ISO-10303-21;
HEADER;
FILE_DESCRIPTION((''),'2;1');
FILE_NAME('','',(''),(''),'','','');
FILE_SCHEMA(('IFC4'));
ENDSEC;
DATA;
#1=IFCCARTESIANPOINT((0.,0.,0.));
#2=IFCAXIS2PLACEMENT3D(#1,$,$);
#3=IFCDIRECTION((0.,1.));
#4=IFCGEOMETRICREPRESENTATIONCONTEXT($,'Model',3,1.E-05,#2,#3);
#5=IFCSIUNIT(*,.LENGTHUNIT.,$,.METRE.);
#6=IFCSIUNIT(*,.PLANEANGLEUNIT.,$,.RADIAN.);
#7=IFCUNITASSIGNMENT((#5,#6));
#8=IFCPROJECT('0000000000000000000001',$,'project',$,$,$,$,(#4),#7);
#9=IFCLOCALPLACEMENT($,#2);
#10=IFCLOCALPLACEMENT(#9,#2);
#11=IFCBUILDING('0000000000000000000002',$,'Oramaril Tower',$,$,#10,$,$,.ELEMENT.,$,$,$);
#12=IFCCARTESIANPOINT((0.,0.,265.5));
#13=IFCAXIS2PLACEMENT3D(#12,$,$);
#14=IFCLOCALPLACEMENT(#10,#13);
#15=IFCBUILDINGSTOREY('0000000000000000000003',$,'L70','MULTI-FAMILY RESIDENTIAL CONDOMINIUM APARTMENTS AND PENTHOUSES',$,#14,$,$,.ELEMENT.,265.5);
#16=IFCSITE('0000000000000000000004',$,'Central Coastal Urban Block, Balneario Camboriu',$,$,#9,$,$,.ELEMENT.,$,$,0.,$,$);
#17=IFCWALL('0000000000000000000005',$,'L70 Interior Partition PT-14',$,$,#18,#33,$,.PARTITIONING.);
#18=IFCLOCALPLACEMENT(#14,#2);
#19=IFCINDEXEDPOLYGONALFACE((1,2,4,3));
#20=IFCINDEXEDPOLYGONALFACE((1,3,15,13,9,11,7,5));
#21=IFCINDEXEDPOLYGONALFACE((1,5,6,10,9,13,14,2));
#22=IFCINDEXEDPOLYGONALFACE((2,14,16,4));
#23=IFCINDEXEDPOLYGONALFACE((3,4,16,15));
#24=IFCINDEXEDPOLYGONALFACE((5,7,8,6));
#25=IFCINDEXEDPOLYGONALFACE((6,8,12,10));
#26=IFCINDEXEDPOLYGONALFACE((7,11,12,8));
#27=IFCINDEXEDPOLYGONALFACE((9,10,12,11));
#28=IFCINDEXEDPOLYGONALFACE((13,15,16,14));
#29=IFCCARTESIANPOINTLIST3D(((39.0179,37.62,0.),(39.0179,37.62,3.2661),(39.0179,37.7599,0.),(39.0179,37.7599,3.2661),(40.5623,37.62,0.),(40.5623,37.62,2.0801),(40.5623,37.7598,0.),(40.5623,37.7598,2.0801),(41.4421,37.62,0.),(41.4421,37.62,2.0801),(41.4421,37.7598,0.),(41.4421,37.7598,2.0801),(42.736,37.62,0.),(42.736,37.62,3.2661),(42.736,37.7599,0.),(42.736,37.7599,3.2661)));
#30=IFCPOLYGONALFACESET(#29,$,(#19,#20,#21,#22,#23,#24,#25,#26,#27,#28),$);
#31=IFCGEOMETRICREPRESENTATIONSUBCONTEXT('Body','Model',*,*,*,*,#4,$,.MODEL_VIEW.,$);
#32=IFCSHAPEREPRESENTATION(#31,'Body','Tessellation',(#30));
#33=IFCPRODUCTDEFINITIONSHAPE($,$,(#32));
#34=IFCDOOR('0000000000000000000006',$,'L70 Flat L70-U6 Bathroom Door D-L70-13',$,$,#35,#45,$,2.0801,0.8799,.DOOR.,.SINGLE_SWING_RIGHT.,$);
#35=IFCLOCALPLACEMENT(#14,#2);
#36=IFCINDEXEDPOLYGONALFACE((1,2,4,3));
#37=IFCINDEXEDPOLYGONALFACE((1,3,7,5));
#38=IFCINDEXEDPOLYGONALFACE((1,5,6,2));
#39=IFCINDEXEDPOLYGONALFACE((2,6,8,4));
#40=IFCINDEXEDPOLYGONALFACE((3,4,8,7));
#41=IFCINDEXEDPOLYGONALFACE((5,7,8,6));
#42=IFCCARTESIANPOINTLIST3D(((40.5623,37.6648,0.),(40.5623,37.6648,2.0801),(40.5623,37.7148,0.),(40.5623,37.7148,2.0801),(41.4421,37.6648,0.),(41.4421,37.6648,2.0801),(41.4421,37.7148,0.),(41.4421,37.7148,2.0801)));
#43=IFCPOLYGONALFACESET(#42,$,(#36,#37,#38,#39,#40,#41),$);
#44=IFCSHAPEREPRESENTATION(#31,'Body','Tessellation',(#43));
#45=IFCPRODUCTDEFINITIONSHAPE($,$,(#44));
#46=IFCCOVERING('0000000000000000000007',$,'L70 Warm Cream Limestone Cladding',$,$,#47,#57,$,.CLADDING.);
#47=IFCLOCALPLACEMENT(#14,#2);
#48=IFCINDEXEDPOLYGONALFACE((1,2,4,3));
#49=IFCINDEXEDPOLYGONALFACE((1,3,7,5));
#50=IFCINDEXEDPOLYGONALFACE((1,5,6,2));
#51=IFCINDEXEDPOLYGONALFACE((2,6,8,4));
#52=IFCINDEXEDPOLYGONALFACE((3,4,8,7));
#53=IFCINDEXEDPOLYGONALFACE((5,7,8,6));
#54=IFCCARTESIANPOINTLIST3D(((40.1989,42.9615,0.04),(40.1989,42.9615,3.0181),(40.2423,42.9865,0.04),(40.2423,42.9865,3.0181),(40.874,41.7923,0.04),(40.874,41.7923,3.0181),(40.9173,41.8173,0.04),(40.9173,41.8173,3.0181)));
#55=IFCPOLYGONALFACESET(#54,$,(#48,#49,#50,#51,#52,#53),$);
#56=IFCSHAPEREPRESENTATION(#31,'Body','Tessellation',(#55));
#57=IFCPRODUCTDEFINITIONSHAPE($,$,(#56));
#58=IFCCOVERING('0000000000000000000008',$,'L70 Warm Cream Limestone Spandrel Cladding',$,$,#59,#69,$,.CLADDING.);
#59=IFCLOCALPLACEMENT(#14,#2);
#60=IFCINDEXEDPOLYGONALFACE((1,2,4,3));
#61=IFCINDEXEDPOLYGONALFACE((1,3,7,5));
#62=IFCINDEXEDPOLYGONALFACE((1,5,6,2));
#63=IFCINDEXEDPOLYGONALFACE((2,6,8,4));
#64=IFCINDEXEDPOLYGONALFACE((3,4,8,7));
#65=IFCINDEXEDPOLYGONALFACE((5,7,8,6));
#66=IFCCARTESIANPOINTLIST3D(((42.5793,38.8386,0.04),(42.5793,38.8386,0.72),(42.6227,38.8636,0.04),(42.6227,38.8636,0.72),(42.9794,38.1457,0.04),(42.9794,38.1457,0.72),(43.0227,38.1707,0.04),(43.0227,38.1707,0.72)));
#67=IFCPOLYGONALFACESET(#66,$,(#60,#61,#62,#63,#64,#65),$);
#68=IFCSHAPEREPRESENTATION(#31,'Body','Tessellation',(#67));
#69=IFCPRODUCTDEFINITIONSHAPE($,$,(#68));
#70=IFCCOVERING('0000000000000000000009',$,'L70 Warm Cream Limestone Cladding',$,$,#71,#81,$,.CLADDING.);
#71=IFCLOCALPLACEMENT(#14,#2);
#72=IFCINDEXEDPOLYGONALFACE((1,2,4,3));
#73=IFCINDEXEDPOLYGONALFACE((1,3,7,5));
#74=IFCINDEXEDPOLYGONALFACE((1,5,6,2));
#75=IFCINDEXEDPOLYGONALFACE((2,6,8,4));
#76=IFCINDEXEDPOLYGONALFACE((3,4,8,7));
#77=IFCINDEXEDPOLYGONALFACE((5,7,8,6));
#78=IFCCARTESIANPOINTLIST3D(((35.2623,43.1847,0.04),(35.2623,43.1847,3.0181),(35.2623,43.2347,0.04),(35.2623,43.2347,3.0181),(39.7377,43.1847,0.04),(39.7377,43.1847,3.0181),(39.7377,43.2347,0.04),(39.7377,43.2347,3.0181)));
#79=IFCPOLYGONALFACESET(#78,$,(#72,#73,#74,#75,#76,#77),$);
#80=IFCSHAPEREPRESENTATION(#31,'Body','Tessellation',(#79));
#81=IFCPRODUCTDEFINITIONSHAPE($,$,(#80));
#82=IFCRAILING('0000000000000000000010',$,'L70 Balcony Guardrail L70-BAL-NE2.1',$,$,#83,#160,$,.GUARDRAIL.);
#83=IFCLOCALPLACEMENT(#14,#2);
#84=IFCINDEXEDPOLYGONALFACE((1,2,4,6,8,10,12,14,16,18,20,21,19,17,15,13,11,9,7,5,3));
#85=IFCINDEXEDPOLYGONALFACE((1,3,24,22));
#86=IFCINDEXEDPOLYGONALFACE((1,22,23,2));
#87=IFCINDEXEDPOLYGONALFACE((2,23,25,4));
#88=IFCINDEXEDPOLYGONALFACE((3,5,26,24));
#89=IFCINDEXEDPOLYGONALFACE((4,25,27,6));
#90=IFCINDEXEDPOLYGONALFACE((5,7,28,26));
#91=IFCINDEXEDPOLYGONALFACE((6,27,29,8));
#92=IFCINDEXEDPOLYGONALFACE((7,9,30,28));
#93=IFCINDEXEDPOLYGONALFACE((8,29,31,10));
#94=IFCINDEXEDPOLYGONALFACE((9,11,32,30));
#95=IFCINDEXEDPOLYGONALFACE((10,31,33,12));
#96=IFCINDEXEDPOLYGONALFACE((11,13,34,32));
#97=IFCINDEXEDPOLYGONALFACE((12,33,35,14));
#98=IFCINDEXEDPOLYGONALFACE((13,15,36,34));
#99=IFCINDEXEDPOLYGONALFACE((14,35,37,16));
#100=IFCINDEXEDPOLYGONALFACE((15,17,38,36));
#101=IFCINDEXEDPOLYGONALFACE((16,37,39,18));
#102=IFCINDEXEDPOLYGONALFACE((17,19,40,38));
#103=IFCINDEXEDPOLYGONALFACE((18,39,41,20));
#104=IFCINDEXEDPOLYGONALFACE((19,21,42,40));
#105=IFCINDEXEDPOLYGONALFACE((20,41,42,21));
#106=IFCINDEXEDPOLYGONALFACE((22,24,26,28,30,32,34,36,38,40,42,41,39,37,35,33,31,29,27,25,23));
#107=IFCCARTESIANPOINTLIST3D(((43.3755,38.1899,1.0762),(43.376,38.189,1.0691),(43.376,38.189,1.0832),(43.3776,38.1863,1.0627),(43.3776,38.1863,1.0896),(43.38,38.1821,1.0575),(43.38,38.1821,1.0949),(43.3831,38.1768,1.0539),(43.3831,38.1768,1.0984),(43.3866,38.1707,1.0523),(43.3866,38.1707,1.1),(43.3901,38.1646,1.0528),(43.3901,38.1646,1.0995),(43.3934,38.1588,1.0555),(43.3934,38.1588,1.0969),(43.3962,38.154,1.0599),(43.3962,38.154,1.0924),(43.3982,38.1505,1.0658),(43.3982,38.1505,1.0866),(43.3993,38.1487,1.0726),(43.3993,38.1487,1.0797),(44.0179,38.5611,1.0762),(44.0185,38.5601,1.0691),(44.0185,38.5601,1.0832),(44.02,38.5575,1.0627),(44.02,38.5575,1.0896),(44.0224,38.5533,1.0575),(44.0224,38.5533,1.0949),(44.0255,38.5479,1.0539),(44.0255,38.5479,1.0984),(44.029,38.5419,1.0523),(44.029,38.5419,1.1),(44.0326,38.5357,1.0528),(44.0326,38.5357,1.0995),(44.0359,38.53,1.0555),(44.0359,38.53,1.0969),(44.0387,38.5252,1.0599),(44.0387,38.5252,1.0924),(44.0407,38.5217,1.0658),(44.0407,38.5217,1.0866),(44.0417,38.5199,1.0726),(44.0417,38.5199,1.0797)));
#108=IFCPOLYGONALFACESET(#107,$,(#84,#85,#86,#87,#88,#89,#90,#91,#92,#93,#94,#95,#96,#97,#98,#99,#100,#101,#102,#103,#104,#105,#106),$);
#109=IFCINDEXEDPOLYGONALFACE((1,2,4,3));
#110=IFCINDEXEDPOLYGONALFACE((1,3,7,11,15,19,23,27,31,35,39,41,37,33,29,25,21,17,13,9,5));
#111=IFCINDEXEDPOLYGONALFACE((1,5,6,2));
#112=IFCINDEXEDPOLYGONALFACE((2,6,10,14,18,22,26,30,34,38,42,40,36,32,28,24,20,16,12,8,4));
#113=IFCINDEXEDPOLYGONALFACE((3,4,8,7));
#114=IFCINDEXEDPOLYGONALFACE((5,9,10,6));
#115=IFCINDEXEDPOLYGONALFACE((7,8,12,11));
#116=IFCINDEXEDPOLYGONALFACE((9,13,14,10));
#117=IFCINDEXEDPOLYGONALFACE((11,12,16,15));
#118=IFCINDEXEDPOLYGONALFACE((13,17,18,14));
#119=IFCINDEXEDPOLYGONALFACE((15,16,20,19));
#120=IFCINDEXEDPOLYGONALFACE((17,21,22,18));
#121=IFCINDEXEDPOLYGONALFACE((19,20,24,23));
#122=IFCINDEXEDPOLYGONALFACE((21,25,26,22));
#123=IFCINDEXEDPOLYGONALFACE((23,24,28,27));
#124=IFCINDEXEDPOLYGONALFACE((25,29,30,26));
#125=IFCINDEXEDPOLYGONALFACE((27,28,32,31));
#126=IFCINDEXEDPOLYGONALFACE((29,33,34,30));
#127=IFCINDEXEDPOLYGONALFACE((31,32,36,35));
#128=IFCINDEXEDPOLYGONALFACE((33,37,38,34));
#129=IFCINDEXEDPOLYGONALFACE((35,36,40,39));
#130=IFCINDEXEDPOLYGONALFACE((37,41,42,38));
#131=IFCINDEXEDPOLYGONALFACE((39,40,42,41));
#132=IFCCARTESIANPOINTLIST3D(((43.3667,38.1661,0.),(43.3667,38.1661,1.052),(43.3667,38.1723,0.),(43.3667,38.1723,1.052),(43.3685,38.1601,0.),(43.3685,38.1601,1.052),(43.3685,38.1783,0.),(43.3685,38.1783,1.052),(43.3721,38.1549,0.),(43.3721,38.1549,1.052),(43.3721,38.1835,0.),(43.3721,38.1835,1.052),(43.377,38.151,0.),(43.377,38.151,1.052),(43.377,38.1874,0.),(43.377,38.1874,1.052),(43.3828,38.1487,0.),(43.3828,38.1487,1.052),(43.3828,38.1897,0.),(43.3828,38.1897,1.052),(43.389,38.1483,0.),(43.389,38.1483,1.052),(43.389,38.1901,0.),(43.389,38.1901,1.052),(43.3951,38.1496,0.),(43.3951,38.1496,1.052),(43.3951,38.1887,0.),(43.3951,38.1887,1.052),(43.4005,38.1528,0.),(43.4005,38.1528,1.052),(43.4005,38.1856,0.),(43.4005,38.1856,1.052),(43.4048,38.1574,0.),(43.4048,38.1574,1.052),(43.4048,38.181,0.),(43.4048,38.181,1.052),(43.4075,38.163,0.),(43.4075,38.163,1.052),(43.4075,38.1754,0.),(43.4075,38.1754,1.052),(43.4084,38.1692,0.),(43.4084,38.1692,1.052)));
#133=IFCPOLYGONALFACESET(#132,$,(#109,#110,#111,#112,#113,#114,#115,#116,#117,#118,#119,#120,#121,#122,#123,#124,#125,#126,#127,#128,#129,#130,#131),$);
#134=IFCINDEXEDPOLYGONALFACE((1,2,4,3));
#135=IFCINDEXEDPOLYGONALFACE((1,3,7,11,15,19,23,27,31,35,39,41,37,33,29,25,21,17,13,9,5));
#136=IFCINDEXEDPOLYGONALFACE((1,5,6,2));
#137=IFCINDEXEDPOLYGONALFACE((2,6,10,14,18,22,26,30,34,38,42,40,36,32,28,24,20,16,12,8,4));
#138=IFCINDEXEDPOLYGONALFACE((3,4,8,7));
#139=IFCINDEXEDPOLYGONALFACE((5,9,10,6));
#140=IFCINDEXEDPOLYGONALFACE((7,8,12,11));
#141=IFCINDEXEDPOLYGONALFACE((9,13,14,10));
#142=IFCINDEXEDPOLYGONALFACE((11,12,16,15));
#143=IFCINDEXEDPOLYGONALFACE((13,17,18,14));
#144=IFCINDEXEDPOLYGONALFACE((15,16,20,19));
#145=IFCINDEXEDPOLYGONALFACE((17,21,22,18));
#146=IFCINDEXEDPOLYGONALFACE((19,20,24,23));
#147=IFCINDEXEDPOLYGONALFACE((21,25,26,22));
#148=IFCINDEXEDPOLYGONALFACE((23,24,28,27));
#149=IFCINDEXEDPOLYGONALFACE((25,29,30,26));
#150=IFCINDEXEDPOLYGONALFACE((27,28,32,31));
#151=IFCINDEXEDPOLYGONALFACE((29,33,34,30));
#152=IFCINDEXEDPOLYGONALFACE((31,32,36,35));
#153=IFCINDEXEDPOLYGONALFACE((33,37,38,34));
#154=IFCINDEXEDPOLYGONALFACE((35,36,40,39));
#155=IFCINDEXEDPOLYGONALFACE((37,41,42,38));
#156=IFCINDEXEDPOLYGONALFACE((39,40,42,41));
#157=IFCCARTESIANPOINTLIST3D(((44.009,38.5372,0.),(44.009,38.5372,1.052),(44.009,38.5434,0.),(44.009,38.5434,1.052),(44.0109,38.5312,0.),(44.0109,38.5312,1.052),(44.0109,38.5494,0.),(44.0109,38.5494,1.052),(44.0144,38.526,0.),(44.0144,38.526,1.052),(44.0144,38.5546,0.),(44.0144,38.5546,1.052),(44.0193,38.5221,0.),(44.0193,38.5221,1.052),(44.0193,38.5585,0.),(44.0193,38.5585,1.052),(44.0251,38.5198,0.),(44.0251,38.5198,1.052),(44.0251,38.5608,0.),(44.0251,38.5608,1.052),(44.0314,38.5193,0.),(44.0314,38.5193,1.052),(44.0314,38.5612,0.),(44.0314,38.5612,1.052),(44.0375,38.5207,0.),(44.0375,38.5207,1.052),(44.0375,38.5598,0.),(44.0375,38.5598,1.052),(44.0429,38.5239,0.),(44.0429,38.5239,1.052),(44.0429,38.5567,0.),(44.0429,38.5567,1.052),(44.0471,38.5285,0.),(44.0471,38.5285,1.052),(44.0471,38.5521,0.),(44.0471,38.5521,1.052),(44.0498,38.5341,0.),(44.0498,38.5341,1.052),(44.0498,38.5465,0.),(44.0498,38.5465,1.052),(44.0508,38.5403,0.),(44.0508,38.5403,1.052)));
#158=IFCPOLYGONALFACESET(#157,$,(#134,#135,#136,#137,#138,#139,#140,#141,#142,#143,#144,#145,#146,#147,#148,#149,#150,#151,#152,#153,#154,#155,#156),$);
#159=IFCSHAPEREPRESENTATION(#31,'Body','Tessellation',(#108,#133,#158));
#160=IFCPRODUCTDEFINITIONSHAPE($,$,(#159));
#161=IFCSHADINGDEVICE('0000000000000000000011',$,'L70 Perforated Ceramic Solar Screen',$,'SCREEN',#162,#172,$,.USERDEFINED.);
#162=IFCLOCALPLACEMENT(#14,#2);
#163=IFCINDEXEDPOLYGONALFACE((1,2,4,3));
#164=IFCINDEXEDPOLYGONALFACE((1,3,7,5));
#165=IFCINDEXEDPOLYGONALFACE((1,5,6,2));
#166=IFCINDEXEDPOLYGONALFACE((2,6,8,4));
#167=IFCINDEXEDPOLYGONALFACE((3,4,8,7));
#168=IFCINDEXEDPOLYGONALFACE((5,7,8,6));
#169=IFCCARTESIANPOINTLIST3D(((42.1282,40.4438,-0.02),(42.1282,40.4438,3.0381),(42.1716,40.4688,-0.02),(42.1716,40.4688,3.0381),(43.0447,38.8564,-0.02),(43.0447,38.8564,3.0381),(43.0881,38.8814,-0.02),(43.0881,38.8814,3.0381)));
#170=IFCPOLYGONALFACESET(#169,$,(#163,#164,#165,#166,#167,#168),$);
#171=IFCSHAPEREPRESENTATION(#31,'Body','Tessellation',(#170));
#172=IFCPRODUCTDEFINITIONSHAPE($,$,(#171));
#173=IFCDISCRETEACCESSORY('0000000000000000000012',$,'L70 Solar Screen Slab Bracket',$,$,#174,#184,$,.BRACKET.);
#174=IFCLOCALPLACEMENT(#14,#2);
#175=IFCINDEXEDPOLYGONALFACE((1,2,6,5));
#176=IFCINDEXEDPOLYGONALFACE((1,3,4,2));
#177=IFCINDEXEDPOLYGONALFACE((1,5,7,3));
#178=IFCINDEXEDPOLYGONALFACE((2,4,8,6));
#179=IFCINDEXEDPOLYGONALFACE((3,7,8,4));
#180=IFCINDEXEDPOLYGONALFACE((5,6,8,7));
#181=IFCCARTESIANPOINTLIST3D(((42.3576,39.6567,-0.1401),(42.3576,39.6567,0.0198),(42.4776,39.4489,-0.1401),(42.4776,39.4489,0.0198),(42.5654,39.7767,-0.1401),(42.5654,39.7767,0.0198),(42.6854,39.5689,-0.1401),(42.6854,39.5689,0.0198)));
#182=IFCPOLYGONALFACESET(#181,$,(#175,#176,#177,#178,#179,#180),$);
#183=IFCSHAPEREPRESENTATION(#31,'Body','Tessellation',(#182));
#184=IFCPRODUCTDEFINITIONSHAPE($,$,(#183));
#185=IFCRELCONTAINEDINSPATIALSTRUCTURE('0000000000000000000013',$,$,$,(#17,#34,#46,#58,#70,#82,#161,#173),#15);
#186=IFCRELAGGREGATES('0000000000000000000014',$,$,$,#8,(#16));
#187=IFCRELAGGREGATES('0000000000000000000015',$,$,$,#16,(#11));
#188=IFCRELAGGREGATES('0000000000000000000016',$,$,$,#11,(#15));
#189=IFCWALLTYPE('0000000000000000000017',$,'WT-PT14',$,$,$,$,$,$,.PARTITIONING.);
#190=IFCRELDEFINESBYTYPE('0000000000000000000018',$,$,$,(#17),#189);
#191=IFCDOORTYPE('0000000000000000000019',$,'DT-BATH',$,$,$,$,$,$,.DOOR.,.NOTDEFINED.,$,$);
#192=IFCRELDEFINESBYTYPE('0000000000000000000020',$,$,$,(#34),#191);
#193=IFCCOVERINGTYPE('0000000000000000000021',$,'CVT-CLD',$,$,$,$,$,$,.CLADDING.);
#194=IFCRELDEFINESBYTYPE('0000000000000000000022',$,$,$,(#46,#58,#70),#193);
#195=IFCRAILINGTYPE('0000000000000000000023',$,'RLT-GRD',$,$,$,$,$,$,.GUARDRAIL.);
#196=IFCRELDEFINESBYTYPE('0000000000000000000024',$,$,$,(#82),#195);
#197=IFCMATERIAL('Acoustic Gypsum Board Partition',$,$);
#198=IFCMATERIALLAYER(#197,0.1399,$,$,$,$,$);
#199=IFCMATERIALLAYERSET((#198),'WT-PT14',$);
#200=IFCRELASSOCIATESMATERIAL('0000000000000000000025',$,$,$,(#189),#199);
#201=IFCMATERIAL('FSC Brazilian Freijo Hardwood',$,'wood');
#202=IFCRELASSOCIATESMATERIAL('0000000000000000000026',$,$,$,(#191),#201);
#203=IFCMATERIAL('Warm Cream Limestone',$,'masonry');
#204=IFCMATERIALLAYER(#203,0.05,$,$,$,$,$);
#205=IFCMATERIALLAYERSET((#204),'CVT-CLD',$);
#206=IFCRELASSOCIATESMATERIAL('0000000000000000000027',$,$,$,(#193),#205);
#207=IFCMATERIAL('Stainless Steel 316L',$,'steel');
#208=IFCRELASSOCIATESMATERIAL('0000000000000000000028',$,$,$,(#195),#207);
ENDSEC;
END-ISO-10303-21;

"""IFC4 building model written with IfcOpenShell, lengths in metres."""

from ifc_helpers import new_model, si_unit, direction, frame, frame_2d, origin, origin_2d, place, context, subcontext, project, spatial, rectangle, circle, extrude, material, layer, layer_set, type_object, element, fill, save


model = new_model("IFC4")

# Units and contexts
model_context = context("Model", 3, precision=1e-05, world=origin(), true_north=direction((0.0, 1.0)))
body_context = subcontext(model_context, "Body", "Model", "MODEL_VIEW")
ifc_project = project(units=[si_unit("LENGTHUNIT", "METRE"), si_unit("PLANEANGLEUNIT", "RADIAN")], contexts=[model_context])

# Site, building, storey
site_placement = place(None, origin())
site = spatial("IfcSite", under=ifc_project, at=site_placement, Name="Central Coastal Urban Block, Balneario Camboriu", CompositionType="ELEMENT", RefElevation=0.0)
building_placement = place(site_placement, origin())
building = spatial("IfcBuilding", under=site, at=building_placement, Name="Oramaril Tower", CompositionType="ELEMENT")
storey_placement = place(building_placement, frame((0.0, 0.0, 265.5)))
storey = spatial("IfcBuildingStorey", under=building, at=storey_placement, Name="L70", Description="MULTI-FAMILY RESIDENTIAL CONDOMINIUM APARTMENTS AND PENTHOUSES", CompositionType="ELEMENT", Elevation=265.5)

# Wall, opening, door
ifc_material_1 = material(Name="Acoustic Gypsum Board Partition")
ifc_layer_1 = layer(ifc_material_1, 0.1399)
ifc_layer_set_1 = layer_set([ifc_layer_1], Name="WT-PT14")
wall_type_1 = type_object("IfcWallType", Name="WT-PT14", PredefinedType="PARTITIONING", material=ifc_layer_set_1)
wall_1_placement = place(storey_placement, frame((39.0181, 37.6899, 0.0), z_axis=(0.0, 0.0, 1.0), x_axis=(1.0, 0.0, 0.0)))
wall_1 = element("IfcWall", 1, at=wall_1_placement, inside=storey, type_object=wall_type_1, Name="L70 Interior Partition PT-14", PredefinedType="PARTITIONING", context=body_context, shape_type="SweptSolid", body=[
    extrude(rectangle(XDim=3.718, YDim=0.1399, at=frame_2d((1.8589, 0.0))), origin(), (0.0, 0.0, 1.0), 3.2661),
])
opening_1_placement = place(wall_1_placement, frame((1.5442, 0.0, 0.0)))
opening_1 = element("IfcOpeningElement", 2, at=opening_1_placement, cuts=wall_1, PredefinedType="OPENING", context=body_context, shape_type="SweptSolid", body=[
    extrude(rectangle(XDim=0.8799, YDim=2.0801, at=frame_2d((0.4399, 1.04))), frame((0.0, 0.0698, 0.0), z_axis=(0.0, -1.0, 0.0), x_axis=(1.0, 0.0, 0.0)), (0.0, 0.0, 1.0), 0.1399),
])
ifc_material_2 = material(Name="FSC Brazilian Freijo Hardwood", Category="wood")
door_type_1 = type_object("IfcDoorType", Name="DT-BATH", OperationType="NOTDEFINED", PredefinedType="DOOR", material=ifc_material_2)
door_1_placement = place(opening_1_placement, origin())
door_1 = element("IfcDoor", 3, at=door_1_placement, inside=storey, type_object=door_type_1, Name="L70 Flat L70-U6 Bathroom Door D-L70-13", OperationType="SINGLE_SWING_RIGHT", OverallHeight=2.0801, OverallWidth=0.8799, PredefinedType="DOOR", context=body_context, shape_type="SweptSolid", body=[
    extrude(rectangle(XDim=0.8799, YDim=2.0801, at=frame_2d((0.4399, 1.04))), frame((0.0, 0.0249, 0.0), z_axis=(0.0, -1.0, 0.0), x_axis=(1.0, 0.0, 0.0)), (0.0, 0.0, 1.0), 0.05),
])
fill(opening_1, door_1)

# Coverings
ifc_material_3 = material(Name="Warm Cream Limestone", Category="masonry")
ifc_layer_2 = layer(ifc_material_3, 0.05)
ifc_layer_set_2 = layer_set([ifc_layer_2], Name="CVT-CLD")
covering_type = type_object("IfcCoveringType", Name="CVT-CLD", PredefinedType="CLADDING", material=ifc_layer_set_2)
covering_1_placement = place(storey_placement, frame((40.5581, 42.3894, 0.04), z_axis=(0.0, 0.0, 1.0), x_axis=(-0.499998, 0.866026, 0.0)))
element("IfcCovering", 4, at=covering_1_placement, inside=storey, type_object=covering_type, Name="L70 Warm Cream Limestone Cladding", PredefinedType="CLADDING", context=body_context, shape_type="SweptSolid", body=[
    extrude(rectangle(XDim=1.3501, YDim=0.05, at=origin_2d()), origin(), (0.0, 0.0, 1.0), 2.978),
])
covering_2_placement = place(storey_placement, frame((42.801, 38.5046, 0.04), z_axis=(0.0, 0.0, 1.0), x_axis=(-0.499998, 0.866026, 0.0)))
element("IfcCovering", 5, at=covering_2_placement, inside=storey, type_object=covering_type, Name="L70 Warm Cream Limestone Spandrel Cladding", PredefinedType="CLADDING", context=body_context, shape_type="SweptSolid", body=[
    extrude(rectangle(XDim=0.8, YDim=0.05, at=origin_2d()), origin(), (0.0, 0.0, 1.0), 0.6799),
])
covering_3_placement = place(storey_placement, frame((37.5, 43.2097, 0.04), z_axis=(0.0, 0.0, 1.0), x_axis=(-1.0, 0.0, 0.0)))
element("IfcCovering", 6, at=covering_3_placement, inside=storey, type_object=covering_type, Name="L70 Warm Cream Limestone Cladding", PredefinedType="CLADDING", context=body_context, shape_type="SweptSolid", body=[
    extrude(rectangle(XDim=4.4753, YDim=0.05, at=origin_2d()), origin(), (0.0, 0.0, 1.0), 2.978),
])

# Railing
ifc_material_4 = material(Name="Stainless Steel 316L", Category="steel")
railing_type = type_object("IfcRailingType", Name="RLT-GRD", PredefinedType="GUARDRAIL", material=ifc_material_4)
railing_1_placement = place(storey_placement, frame((43.3875, 38.1692, 0.0)))
element("IfcRailing", 7, at=railing_1_placement, inside=storey, type_object=railing_type, Name="L70 Balcony Guardrail L70-BAL-NE2.1", PredefinedType="GUARDRAIL", context=body_context, shape_type="SweptSolid", body=[
    extrude(circle(Radius=0.0239, at=origin_2d()), frame((0.0, 0.0, 1.0762), z_axis=(0.865884, 0.500245, 0.0), x_axis=(-0.500245, 0.865884, 0.0)), (0.0, 0.0, 1.0), 0.7419),
    extrude(circle(Radius=0.021, at=origin_2d()), origin(), (0.0, 0.0, 1.0), 1.052),
    extrude(circle(Radius=0.021, at=origin_2d()), frame((0.6423, 0.3711, 0.0)), (0.0, 0.0, 1.0), 1.052),
])

# Shading device
shading_device_placement = place(storey_placement, frame((42.6082, 39.6626, -0.02), z_axis=(0.0, 0.0, 1.0), x_axis=(-0.5, 0.866025, 0.0)))
element("IfcShadingDevice", 8, at=shading_device_placement, inside=storey, Name="L70 Perforated Ceramic Solar Screen", ObjectType="SCREEN", PredefinedType="USERDEFINED", context=body_context, shape_type="SweptSolid", body=[
    extrude(rectangle(XDim=1.833, YDim=0.05, at=origin_2d()), origin(), (0.0, 0.0, 1.0), 3.0581),
])

# Discrete accessory
discrete_accessory_placement = place(storey_placement, frame((42.5215, 39.6128, -0.1401), z_axis=(0.0, 0.0, 1.0), x_axis=(-0.5, 0.866025, 0.0)))
element("IfcDiscreteAccessory", 9, at=discrete_accessory_placement, inside=storey, Name="L70 Solar Screen Slab Bracket", PredefinedType="BRACKET", context=body_context, shape_type="SweptSolid", body=[
    extrude(rectangle(XDim=0.24, YDim=0.24, at=origin_2d()), origin(), (0.0, 0.0, 1.0), 0.1599),
])

save(model, "model.ifc")
